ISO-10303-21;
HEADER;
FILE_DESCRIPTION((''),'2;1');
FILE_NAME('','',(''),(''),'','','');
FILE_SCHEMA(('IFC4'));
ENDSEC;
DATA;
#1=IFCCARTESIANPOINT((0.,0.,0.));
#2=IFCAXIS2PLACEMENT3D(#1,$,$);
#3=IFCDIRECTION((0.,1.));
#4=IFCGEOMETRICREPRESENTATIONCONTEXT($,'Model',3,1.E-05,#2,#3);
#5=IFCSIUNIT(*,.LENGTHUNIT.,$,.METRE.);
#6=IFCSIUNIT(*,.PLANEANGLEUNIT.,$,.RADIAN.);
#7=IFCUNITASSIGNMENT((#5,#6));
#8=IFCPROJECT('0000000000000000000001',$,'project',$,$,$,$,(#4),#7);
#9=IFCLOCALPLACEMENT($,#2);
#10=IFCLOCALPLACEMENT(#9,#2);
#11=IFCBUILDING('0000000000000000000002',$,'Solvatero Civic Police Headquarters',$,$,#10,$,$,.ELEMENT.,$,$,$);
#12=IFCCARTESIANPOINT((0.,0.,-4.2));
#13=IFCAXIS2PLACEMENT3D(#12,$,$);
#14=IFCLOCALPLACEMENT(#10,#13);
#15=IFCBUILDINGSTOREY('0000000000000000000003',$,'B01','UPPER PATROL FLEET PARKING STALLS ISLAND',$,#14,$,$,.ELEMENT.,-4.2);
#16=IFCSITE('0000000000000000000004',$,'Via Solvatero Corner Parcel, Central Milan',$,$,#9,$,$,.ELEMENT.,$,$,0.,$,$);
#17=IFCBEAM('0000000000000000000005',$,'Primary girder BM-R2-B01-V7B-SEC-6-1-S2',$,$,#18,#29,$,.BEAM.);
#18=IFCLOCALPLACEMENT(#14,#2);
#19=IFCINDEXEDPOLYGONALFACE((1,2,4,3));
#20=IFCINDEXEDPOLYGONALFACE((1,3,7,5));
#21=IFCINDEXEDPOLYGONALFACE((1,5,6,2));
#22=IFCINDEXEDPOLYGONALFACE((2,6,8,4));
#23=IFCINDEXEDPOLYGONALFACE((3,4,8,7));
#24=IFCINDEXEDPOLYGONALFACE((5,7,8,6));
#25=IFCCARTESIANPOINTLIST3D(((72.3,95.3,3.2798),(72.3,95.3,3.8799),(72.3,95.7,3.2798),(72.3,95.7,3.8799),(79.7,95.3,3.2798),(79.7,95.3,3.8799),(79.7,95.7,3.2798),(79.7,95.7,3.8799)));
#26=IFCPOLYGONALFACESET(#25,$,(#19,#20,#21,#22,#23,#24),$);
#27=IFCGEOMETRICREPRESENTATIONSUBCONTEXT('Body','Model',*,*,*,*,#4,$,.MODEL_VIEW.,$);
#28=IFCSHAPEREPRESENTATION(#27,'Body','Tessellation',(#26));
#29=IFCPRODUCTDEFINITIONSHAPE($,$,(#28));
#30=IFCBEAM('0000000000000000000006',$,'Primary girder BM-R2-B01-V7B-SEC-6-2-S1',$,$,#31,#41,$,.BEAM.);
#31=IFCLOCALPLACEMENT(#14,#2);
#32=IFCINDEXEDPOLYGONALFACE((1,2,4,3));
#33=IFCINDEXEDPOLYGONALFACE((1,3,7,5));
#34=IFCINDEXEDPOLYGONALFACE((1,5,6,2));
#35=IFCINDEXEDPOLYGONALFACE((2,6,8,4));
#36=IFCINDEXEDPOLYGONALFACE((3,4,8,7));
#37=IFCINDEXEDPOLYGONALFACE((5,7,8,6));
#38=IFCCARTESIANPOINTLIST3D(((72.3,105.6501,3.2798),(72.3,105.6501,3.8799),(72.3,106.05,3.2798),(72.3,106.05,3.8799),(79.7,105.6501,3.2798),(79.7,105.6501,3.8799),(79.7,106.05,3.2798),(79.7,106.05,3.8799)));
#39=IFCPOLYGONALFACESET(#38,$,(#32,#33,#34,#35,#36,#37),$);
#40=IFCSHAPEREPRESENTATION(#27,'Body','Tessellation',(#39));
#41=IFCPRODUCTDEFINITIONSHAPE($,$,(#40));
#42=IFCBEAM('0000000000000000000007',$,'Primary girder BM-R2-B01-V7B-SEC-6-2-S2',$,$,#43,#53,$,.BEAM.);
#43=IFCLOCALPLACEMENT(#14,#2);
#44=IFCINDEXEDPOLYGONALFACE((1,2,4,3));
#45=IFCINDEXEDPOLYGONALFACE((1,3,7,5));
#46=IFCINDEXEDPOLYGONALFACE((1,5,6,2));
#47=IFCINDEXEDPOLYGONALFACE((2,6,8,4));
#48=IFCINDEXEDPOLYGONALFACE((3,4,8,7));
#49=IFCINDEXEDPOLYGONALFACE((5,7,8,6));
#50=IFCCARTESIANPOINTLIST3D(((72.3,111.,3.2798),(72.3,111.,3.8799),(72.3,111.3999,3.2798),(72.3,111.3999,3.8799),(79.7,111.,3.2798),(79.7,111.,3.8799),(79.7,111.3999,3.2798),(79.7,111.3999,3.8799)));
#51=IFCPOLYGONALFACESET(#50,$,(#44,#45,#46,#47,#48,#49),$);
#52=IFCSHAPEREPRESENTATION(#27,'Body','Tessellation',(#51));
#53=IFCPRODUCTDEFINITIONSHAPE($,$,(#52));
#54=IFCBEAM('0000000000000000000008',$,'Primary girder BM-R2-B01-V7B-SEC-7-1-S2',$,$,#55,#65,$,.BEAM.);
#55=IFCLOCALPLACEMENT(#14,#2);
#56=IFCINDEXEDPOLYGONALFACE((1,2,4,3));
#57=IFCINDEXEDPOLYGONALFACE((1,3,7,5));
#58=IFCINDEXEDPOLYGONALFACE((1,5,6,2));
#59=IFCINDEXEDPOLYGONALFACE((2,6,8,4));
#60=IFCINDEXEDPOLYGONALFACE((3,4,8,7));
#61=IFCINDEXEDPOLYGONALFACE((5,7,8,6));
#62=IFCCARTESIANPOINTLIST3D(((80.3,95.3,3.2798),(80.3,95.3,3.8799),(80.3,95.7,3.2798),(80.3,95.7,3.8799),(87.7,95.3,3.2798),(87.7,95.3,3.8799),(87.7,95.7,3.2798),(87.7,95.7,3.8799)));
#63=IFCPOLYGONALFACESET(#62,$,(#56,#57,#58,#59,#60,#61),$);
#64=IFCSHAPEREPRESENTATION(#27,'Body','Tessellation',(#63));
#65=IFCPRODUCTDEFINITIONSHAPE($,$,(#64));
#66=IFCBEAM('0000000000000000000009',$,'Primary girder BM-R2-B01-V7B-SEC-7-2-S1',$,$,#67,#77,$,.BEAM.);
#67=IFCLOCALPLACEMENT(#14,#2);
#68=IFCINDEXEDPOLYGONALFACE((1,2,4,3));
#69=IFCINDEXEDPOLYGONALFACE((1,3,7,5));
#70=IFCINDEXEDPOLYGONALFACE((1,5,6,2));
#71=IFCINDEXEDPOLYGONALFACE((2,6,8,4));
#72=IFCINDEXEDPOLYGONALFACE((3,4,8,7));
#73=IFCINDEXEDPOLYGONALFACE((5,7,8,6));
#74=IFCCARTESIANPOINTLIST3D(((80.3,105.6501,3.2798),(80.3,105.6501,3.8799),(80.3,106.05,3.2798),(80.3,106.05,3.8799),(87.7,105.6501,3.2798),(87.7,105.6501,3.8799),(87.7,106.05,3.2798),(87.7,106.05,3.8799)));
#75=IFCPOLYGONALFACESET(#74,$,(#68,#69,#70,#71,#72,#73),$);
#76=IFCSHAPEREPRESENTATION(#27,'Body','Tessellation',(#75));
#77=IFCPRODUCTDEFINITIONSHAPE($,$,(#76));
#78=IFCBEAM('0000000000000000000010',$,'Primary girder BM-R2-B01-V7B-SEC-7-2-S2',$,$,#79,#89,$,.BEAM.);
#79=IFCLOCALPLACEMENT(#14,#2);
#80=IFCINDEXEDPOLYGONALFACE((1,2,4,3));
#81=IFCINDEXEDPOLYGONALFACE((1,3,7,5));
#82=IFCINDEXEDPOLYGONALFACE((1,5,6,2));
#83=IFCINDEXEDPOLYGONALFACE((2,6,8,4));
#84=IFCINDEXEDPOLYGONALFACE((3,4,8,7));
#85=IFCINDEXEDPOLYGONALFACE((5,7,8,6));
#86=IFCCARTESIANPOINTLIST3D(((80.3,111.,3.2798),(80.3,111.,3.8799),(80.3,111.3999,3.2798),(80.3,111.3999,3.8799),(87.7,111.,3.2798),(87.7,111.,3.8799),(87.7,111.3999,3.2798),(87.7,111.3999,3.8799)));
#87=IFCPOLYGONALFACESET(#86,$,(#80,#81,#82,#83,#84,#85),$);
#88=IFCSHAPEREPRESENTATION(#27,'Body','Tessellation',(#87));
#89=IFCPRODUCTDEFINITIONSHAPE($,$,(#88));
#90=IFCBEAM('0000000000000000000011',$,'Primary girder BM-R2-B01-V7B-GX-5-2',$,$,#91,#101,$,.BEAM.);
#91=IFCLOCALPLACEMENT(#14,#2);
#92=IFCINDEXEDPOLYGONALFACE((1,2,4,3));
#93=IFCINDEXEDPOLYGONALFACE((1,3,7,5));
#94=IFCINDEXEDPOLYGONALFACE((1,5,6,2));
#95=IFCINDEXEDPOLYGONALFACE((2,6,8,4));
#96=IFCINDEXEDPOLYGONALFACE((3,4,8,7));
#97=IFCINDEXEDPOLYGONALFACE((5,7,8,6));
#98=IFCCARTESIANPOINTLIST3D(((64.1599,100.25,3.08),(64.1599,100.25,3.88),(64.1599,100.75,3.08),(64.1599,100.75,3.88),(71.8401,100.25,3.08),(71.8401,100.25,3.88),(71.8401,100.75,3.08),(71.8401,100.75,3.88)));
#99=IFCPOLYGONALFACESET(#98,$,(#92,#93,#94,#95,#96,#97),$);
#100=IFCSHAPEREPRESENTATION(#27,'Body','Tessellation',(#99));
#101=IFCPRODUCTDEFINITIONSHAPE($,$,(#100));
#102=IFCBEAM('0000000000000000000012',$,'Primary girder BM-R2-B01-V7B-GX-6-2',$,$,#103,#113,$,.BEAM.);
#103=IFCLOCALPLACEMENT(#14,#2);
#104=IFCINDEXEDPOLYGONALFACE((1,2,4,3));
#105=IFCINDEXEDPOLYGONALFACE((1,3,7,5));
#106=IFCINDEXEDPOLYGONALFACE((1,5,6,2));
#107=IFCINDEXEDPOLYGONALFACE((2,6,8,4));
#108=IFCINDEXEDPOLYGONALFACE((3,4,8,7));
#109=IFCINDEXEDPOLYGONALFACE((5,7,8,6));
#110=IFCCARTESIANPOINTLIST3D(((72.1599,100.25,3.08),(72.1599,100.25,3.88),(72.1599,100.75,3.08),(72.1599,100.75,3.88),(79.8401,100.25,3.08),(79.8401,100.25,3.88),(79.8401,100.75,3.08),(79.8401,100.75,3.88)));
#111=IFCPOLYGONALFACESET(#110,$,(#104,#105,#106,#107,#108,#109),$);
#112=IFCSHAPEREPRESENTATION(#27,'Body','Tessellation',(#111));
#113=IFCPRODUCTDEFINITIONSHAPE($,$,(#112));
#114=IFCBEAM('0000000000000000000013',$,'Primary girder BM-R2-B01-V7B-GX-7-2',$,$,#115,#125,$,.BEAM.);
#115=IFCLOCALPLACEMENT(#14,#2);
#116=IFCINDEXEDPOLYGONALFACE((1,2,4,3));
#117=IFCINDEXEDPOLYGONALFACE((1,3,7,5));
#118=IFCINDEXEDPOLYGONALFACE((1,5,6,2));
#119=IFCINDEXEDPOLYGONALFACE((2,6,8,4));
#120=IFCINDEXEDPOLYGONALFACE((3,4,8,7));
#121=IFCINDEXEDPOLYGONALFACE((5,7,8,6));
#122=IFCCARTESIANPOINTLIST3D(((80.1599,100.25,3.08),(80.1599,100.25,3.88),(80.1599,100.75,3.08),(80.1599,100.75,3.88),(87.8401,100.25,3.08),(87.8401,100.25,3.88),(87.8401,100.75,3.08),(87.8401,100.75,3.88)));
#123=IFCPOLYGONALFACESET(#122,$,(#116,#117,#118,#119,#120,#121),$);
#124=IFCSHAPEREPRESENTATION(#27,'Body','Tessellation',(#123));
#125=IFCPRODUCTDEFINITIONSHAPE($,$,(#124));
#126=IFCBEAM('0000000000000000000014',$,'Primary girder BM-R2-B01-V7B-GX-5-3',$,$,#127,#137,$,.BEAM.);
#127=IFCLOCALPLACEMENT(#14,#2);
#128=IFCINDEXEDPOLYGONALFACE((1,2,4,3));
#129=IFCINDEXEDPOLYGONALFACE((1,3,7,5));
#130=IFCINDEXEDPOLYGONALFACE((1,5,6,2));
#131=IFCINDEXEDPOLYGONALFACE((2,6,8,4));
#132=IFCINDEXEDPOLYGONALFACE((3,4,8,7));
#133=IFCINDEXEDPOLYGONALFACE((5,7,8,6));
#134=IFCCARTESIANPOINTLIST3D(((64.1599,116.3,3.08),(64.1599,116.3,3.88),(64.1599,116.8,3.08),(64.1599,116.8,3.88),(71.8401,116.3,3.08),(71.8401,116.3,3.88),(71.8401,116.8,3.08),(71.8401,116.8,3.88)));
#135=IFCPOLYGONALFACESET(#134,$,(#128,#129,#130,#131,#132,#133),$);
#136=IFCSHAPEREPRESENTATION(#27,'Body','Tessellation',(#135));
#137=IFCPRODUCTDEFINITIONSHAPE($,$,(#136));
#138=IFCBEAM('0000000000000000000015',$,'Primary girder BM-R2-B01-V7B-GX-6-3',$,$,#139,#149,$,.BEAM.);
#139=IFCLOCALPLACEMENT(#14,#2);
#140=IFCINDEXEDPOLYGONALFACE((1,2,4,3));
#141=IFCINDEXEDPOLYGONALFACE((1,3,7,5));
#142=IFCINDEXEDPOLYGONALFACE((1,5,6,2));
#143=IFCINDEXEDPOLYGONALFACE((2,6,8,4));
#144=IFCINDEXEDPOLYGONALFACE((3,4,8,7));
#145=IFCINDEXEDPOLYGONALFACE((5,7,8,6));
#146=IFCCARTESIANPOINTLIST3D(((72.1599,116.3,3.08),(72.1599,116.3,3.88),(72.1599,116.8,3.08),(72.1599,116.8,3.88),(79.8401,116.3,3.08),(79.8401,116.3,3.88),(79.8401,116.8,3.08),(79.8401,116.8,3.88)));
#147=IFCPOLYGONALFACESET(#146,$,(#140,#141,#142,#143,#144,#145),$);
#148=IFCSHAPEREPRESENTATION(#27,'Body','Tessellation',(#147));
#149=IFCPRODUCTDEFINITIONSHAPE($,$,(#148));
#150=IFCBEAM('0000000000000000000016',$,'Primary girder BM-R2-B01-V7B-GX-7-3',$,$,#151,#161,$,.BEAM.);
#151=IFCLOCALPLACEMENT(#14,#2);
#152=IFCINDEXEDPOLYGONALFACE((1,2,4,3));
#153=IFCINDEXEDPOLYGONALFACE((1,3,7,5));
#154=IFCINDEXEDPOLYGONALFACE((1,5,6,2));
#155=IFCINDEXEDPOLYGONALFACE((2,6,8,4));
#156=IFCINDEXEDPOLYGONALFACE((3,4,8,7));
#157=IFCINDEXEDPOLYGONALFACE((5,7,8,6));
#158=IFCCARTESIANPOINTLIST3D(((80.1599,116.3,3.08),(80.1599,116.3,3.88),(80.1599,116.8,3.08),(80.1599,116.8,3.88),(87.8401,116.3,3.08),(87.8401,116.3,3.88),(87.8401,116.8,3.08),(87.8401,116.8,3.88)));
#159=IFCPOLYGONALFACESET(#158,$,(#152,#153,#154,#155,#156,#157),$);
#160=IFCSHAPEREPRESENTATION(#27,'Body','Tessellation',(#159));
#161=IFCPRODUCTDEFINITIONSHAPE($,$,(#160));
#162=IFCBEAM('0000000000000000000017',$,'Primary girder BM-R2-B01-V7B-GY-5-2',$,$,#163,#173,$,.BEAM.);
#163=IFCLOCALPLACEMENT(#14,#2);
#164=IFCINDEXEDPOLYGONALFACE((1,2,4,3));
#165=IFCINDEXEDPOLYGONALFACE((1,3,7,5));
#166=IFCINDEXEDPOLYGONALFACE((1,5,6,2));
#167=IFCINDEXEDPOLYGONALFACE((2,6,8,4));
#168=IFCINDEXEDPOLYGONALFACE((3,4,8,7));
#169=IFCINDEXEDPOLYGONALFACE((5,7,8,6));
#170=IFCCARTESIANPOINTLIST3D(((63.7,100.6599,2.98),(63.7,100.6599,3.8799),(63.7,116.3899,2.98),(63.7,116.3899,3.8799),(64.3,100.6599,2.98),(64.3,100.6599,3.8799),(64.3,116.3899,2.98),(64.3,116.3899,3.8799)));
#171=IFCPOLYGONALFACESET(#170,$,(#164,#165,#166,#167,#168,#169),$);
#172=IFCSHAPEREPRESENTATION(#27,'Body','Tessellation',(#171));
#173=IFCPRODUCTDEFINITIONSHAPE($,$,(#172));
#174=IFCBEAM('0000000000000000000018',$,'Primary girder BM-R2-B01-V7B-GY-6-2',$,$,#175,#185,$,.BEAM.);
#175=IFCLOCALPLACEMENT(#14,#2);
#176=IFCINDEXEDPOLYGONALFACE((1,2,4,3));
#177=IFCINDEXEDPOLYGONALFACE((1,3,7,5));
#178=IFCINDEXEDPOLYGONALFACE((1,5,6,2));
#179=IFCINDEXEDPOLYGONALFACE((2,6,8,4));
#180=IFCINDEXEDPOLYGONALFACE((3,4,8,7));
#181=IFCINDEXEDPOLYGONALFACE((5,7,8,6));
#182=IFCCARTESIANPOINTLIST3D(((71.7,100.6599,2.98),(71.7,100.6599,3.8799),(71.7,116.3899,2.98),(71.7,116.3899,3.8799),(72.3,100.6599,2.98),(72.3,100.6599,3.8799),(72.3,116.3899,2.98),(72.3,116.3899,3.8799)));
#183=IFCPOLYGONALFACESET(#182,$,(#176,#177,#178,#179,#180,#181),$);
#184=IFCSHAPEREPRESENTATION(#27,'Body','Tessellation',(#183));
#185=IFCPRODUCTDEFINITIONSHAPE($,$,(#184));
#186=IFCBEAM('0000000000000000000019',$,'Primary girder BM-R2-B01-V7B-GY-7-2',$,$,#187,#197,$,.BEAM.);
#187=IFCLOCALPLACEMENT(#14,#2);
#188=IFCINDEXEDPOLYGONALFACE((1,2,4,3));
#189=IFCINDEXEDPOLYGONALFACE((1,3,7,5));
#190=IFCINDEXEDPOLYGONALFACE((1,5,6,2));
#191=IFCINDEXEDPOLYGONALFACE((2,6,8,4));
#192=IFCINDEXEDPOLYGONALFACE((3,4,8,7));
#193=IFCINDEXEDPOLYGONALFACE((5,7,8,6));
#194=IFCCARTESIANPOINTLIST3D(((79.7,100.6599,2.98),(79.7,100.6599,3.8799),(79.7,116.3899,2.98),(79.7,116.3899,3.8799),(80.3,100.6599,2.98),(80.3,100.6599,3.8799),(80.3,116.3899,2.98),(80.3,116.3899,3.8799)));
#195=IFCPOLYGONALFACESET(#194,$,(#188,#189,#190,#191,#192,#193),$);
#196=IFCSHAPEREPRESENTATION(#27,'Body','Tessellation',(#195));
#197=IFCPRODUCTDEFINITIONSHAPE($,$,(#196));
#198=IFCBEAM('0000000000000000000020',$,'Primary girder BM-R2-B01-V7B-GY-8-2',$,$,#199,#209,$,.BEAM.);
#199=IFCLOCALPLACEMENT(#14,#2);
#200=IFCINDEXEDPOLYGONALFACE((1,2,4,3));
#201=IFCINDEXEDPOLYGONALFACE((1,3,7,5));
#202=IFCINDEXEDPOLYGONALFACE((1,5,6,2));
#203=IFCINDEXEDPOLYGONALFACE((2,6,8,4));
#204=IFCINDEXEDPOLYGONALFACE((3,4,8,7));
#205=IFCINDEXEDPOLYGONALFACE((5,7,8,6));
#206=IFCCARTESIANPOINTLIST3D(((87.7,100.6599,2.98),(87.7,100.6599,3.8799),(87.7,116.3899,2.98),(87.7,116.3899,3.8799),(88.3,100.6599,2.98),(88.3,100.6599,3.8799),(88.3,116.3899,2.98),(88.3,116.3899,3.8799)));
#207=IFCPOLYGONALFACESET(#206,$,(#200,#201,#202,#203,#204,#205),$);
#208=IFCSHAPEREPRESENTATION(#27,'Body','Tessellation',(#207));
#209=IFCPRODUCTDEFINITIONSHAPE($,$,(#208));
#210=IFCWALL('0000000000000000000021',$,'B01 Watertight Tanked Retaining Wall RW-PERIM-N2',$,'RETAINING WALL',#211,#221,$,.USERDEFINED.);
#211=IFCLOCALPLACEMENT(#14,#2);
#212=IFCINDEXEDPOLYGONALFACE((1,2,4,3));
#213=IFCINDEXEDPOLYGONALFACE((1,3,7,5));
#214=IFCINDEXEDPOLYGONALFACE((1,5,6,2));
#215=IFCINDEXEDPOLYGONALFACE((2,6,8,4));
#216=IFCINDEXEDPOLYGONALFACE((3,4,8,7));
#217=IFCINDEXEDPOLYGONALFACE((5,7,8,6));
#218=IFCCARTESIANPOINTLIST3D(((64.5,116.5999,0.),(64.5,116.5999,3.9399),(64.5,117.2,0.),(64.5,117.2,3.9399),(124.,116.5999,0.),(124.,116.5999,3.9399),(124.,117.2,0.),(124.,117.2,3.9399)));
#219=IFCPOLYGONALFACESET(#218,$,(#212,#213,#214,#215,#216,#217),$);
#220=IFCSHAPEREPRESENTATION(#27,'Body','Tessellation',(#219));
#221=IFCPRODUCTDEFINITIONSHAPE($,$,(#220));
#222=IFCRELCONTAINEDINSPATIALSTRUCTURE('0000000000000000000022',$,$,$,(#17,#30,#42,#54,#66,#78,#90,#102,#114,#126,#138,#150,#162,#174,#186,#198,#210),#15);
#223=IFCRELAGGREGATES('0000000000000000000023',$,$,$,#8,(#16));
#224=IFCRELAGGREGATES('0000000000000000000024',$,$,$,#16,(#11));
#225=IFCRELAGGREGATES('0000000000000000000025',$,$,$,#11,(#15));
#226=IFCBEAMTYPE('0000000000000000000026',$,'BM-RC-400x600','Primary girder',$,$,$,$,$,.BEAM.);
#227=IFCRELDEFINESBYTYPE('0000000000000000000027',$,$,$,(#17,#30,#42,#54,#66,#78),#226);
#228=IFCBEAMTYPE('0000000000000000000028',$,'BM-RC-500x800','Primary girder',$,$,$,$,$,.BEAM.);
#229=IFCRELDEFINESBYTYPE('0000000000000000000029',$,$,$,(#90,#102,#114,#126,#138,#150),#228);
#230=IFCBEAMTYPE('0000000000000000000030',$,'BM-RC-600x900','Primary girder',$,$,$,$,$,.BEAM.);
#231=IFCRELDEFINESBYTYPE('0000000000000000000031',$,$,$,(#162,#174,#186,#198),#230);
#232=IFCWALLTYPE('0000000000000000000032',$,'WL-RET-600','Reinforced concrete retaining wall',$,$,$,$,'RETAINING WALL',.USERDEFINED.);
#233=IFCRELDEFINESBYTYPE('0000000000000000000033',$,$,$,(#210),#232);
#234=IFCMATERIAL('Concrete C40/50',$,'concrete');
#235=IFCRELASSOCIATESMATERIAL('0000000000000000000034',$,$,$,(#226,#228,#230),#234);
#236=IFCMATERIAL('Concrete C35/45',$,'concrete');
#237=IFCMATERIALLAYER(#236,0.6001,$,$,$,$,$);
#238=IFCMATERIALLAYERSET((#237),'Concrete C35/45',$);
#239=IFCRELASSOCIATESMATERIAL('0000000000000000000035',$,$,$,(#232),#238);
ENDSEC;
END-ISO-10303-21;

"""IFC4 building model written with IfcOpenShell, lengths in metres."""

from ifc_helpers import new_model, si_unit, direction, frame, frame_2d, origin, origin_2d, place, context, subcontext, project, spatial, rectangle, extrude, material, layer, layer_set, material_profile, profile_set, type_object, element, save


model = new_model("IFC4")

# Units and contexts
model_context = context("Model", 3, precision=1e-05, world=origin(), true_north=direction((0.0, 1.0)))
body_context = subcontext(model_context, "Body", "Model", "MODEL_VIEW")
ifc_project = project(units=[si_unit("LENGTHUNIT", "METRE"), si_unit("PLANEANGLEUNIT", "RADIAN")], contexts=[model_context])

# Site, building, storey
site_placement = place(None, origin())
site = spatial("IfcSite", under=ifc_project, at=site_placement, Name="Via Solvatero Corner Parcel, Central Milan", CompositionType="ELEMENT", RefElevation=0.0)
building_placement = place(site_placement, origin())
building = spatial("IfcBuilding", under=site, at=building_placement, Name="Solvatero Civic Police Headquarters", CompositionType="ELEMENT")
storey_placement = place(building_placement, frame((0.0, 0.0, -4.2)))
storey = spatial("IfcBuildingStorey", under=building, at=storey_placement, Name="B01", Description="UPPER PATROL FLEET PARKING STALLS ISLAND", CompositionType="ELEMENT", Elevation=-4.2)

# Shared definitions
ifc_material_1 = material(Name="Concrete C40/50", Category="concrete")

# Beams
ifc_material_profile_1 = material_profile(ifc_material_1, rectangle(XDim=0.3999, YDim=0.6001, at=origin_2d()), Name="RC 400x600")
ifc_profile_set_1 = profile_set([ifc_material_profile_1], Name="Concrete C40/50")
beam_type_1 = type_object("IfcBeamType", Name="BM-RC-400x600", Description="Primary girder", PredefinedType="BEAM", material=ifc_profile_set_1)
for number, where, z_axis, x_axis, name in (
    (1, (72.3, 95.5, 3.5798), (1.0, 0.0, 0.0), (0.0, 1.0, 0.0), "Primary girder BM-R2-B01-V7B-SEC-6-1-S2"),
    (2, (72.3, 105.8501, 3.5798), (1.0, 0.0, 0.0), (0.0, 1.0, 0.0), "Primary girder BM-R2-B01-V7B-SEC-6-2-S1"),
    (3, (72.3, 111.2, 3.5798), (1.0, 0.0, 0.0), (0.0, 1.0, 0.0), "Primary girder BM-R2-B01-V7B-SEC-6-2-S2"),
    (4, (80.3, 95.5, 3.5798), (1.0, 0.0, 0.0), (0.0, 1.0, 0.0), "Primary girder BM-R2-B01-V7B-SEC-7-1-S2"),
    (5, (80.3, 105.8501, 3.5798), (1.0, 0.0, 0.0), (0.0, 1.0, 0.0), "Primary girder BM-R2-B01-V7B-SEC-7-2-S1"),
    (6, (80.3, 111.2, 3.5798), (1.0, 0.0, 0.0), (0.0, 1.0, 0.0), "Primary girder BM-R2-B01-V7B-SEC-7-2-S2"),
):
    element("IfcBeam", number, at=place(storey_placement, frame(where, z_axis=z_axis, x_axis=x_axis)), inside=storey, type_object=beam_type_1, Name=name, PredefinedType="BEAM", context=body_context, shape_type="SweptSolid", body=[
        extrude(rectangle(XDim=0.3999, YDim=0.6001, at=origin_2d()), origin(), (0.0, 0.0, 1.0), 7.3999),
    ])
ifc_material_profile_2 = material_profile(ifc_material_1, rectangle(XDim=0.5, YDim=0.8, at=origin_2d()), Name="RC 500x800")
ifc_profile_set_2 = profile_set([ifc_material_profile_2], Name="Concrete C40/50")
beam_type_2 = type_object("IfcBeamType", Name="BM-RC-500x800", Description="Primary girder", PredefinedType="BEAM", material=ifc_profile_set_2)
for number, where, z_axis, x_axis, name in (
    (7, (64.1599, 100.5, 3.48), (1.0, 0.0, 0.0), (0.0, 1.0, 0.0), "Primary girder BM-R2-B01-V7B-GX-5-2"),
    (8, (72.1599, 100.5, 3.48), (1.0, 0.0, 0.0), (0.0, 1.0, 0.0), "Primary girder BM-R2-B01-V7B-GX-6-2"),
    (9, (80.1599, 100.5, 3.48), (1.0, 0.0, 0.0), (0.0, 1.0, 0.0), "Primary girder BM-R2-B01-V7B-GX-7-2"),
    (10, (64.1599, 116.55, 3.48), (1.0, 0.0, 0.0), (0.0, 1.0, 0.0), "Primary girder BM-R2-B01-V7B-GX-5-3"),
    (11, (72.1599, 116.55, 3.48), (1.0, 0.0, 0.0), (0.0, 1.0, 0.0), "Primary girder BM-R2-B01-V7B-GX-6-3"),
    (12, (80.1599, 116.55, 3.48), (1.0, 0.0, 0.0), (0.0, 1.0, 0.0), "Primary girder BM-R2-B01-V7B-GX-7-3"),
):
    element("IfcBeam", number, at=place(storey_placement, frame(where, z_axis=z_axis, x_axis=x_axis)), inside=storey, type_object=beam_type_2, Name=name, PredefinedType="BEAM", context=body_context, shape_type="SweptSolid", body=[
        extrude(rectangle(XDim=0.5, YDim=0.8, at=origin_2d()), origin(), (0.0, 0.0, 1.0), 7.6802),
    ])
ifc_material_profile_3 = material_profile(ifc_material_1, rectangle(XDim=0.6001, YDim=0.8999, at=origin_2d()), Name="RC 600x900")
ifc_profile_set_3 = profile_set([ifc_material_profile_3], Name="Concrete C40/50")
beam_type_3 = type_object("IfcBeamType", Name="BM-RC-600x900", Description="Primary girder", PredefinedType="BEAM", material=ifc_profile_set_3)
for number, where, z_axis, x_axis, name in (
    (13, (64.0, 100.6599, 3.4299), (0.0, 1.0, 0.0), (-1.0, 0.0, 0.0), "Primary girder BM-R2-B01-V7B-GY-5-2"),
    (14, (72.0, 100.6599, 3.4299), (0.0, 1.0, 0.0), (-1.0, 0.0, 0.0), "Primary girder BM-R2-B01-V7B-GY-6-2"),
    (15, (80.0, 100.6599, 3.4299), (0.0, 1.0, 0.0), (-1.0, 0.0, 0.0), "Primary girder BM-R2-B01-V7B-GY-7-2"),
    (16, (88.0, 100.6599, 3.4299), (0.0, 1.0, 0.0), (-1.0, 0.0, 0.0), "Primary girder BM-R2-B01-V7B-GY-8-2"),
):
    element("IfcBeam", number, at=place(storey_placement, frame(where, z_axis=z_axis, x_axis=x_axis)), inside=storey, type_object=beam_type_3, Name=name, PredefinedType="BEAM", context=body_context, shape_type="SweptSolid", body=[
        extrude(rectangle(XDim=0.6001, YDim=0.8999, at=origin_2d()), origin(), (0.0, 0.0, 1.0), 15.73),
    ])

# Wall
ifc_material_2 = material(Name="Concrete C35/45", Category="concrete")
ifc_layer = layer(ifc_material_2, 0.6001)
ifc_layer_set = layer_set([ifc_layer], Name="Concrete C35/45")
wall_type = type_object("IfcWallType", Name="WL-RET-600", Description="Reinforced concrete retaining wall", ElementType="RETAINING WALL", PredefinedType="USERDEFINED", material=ifc_layer_set)
wall_placement = place(storey_placement, frame((64.5, 116.8999, 0.0), z_axis=(0.0, 0.0, 1.0), x_axis=(1.0, 0.0, 0.0)))
element("IfcWall", 17, at=wall_placement, inside=storey, type_object=wall_type, Name="B01 Watertight Tanked Retaining Wall RW-PERIM-N2", ObjectType="RETAINING WALL", PredefinedType="USERDEFINED", context=body_context, shape_type="SweptSolid", body=[
    extrude(rectangle(XDim=59.5, YDim=0.6001, at=frame_2d((29.75, 0.0))), origin(), (0.0, 0.0, 1.0), 3.9399),
])

save(model, "model.ifc")
